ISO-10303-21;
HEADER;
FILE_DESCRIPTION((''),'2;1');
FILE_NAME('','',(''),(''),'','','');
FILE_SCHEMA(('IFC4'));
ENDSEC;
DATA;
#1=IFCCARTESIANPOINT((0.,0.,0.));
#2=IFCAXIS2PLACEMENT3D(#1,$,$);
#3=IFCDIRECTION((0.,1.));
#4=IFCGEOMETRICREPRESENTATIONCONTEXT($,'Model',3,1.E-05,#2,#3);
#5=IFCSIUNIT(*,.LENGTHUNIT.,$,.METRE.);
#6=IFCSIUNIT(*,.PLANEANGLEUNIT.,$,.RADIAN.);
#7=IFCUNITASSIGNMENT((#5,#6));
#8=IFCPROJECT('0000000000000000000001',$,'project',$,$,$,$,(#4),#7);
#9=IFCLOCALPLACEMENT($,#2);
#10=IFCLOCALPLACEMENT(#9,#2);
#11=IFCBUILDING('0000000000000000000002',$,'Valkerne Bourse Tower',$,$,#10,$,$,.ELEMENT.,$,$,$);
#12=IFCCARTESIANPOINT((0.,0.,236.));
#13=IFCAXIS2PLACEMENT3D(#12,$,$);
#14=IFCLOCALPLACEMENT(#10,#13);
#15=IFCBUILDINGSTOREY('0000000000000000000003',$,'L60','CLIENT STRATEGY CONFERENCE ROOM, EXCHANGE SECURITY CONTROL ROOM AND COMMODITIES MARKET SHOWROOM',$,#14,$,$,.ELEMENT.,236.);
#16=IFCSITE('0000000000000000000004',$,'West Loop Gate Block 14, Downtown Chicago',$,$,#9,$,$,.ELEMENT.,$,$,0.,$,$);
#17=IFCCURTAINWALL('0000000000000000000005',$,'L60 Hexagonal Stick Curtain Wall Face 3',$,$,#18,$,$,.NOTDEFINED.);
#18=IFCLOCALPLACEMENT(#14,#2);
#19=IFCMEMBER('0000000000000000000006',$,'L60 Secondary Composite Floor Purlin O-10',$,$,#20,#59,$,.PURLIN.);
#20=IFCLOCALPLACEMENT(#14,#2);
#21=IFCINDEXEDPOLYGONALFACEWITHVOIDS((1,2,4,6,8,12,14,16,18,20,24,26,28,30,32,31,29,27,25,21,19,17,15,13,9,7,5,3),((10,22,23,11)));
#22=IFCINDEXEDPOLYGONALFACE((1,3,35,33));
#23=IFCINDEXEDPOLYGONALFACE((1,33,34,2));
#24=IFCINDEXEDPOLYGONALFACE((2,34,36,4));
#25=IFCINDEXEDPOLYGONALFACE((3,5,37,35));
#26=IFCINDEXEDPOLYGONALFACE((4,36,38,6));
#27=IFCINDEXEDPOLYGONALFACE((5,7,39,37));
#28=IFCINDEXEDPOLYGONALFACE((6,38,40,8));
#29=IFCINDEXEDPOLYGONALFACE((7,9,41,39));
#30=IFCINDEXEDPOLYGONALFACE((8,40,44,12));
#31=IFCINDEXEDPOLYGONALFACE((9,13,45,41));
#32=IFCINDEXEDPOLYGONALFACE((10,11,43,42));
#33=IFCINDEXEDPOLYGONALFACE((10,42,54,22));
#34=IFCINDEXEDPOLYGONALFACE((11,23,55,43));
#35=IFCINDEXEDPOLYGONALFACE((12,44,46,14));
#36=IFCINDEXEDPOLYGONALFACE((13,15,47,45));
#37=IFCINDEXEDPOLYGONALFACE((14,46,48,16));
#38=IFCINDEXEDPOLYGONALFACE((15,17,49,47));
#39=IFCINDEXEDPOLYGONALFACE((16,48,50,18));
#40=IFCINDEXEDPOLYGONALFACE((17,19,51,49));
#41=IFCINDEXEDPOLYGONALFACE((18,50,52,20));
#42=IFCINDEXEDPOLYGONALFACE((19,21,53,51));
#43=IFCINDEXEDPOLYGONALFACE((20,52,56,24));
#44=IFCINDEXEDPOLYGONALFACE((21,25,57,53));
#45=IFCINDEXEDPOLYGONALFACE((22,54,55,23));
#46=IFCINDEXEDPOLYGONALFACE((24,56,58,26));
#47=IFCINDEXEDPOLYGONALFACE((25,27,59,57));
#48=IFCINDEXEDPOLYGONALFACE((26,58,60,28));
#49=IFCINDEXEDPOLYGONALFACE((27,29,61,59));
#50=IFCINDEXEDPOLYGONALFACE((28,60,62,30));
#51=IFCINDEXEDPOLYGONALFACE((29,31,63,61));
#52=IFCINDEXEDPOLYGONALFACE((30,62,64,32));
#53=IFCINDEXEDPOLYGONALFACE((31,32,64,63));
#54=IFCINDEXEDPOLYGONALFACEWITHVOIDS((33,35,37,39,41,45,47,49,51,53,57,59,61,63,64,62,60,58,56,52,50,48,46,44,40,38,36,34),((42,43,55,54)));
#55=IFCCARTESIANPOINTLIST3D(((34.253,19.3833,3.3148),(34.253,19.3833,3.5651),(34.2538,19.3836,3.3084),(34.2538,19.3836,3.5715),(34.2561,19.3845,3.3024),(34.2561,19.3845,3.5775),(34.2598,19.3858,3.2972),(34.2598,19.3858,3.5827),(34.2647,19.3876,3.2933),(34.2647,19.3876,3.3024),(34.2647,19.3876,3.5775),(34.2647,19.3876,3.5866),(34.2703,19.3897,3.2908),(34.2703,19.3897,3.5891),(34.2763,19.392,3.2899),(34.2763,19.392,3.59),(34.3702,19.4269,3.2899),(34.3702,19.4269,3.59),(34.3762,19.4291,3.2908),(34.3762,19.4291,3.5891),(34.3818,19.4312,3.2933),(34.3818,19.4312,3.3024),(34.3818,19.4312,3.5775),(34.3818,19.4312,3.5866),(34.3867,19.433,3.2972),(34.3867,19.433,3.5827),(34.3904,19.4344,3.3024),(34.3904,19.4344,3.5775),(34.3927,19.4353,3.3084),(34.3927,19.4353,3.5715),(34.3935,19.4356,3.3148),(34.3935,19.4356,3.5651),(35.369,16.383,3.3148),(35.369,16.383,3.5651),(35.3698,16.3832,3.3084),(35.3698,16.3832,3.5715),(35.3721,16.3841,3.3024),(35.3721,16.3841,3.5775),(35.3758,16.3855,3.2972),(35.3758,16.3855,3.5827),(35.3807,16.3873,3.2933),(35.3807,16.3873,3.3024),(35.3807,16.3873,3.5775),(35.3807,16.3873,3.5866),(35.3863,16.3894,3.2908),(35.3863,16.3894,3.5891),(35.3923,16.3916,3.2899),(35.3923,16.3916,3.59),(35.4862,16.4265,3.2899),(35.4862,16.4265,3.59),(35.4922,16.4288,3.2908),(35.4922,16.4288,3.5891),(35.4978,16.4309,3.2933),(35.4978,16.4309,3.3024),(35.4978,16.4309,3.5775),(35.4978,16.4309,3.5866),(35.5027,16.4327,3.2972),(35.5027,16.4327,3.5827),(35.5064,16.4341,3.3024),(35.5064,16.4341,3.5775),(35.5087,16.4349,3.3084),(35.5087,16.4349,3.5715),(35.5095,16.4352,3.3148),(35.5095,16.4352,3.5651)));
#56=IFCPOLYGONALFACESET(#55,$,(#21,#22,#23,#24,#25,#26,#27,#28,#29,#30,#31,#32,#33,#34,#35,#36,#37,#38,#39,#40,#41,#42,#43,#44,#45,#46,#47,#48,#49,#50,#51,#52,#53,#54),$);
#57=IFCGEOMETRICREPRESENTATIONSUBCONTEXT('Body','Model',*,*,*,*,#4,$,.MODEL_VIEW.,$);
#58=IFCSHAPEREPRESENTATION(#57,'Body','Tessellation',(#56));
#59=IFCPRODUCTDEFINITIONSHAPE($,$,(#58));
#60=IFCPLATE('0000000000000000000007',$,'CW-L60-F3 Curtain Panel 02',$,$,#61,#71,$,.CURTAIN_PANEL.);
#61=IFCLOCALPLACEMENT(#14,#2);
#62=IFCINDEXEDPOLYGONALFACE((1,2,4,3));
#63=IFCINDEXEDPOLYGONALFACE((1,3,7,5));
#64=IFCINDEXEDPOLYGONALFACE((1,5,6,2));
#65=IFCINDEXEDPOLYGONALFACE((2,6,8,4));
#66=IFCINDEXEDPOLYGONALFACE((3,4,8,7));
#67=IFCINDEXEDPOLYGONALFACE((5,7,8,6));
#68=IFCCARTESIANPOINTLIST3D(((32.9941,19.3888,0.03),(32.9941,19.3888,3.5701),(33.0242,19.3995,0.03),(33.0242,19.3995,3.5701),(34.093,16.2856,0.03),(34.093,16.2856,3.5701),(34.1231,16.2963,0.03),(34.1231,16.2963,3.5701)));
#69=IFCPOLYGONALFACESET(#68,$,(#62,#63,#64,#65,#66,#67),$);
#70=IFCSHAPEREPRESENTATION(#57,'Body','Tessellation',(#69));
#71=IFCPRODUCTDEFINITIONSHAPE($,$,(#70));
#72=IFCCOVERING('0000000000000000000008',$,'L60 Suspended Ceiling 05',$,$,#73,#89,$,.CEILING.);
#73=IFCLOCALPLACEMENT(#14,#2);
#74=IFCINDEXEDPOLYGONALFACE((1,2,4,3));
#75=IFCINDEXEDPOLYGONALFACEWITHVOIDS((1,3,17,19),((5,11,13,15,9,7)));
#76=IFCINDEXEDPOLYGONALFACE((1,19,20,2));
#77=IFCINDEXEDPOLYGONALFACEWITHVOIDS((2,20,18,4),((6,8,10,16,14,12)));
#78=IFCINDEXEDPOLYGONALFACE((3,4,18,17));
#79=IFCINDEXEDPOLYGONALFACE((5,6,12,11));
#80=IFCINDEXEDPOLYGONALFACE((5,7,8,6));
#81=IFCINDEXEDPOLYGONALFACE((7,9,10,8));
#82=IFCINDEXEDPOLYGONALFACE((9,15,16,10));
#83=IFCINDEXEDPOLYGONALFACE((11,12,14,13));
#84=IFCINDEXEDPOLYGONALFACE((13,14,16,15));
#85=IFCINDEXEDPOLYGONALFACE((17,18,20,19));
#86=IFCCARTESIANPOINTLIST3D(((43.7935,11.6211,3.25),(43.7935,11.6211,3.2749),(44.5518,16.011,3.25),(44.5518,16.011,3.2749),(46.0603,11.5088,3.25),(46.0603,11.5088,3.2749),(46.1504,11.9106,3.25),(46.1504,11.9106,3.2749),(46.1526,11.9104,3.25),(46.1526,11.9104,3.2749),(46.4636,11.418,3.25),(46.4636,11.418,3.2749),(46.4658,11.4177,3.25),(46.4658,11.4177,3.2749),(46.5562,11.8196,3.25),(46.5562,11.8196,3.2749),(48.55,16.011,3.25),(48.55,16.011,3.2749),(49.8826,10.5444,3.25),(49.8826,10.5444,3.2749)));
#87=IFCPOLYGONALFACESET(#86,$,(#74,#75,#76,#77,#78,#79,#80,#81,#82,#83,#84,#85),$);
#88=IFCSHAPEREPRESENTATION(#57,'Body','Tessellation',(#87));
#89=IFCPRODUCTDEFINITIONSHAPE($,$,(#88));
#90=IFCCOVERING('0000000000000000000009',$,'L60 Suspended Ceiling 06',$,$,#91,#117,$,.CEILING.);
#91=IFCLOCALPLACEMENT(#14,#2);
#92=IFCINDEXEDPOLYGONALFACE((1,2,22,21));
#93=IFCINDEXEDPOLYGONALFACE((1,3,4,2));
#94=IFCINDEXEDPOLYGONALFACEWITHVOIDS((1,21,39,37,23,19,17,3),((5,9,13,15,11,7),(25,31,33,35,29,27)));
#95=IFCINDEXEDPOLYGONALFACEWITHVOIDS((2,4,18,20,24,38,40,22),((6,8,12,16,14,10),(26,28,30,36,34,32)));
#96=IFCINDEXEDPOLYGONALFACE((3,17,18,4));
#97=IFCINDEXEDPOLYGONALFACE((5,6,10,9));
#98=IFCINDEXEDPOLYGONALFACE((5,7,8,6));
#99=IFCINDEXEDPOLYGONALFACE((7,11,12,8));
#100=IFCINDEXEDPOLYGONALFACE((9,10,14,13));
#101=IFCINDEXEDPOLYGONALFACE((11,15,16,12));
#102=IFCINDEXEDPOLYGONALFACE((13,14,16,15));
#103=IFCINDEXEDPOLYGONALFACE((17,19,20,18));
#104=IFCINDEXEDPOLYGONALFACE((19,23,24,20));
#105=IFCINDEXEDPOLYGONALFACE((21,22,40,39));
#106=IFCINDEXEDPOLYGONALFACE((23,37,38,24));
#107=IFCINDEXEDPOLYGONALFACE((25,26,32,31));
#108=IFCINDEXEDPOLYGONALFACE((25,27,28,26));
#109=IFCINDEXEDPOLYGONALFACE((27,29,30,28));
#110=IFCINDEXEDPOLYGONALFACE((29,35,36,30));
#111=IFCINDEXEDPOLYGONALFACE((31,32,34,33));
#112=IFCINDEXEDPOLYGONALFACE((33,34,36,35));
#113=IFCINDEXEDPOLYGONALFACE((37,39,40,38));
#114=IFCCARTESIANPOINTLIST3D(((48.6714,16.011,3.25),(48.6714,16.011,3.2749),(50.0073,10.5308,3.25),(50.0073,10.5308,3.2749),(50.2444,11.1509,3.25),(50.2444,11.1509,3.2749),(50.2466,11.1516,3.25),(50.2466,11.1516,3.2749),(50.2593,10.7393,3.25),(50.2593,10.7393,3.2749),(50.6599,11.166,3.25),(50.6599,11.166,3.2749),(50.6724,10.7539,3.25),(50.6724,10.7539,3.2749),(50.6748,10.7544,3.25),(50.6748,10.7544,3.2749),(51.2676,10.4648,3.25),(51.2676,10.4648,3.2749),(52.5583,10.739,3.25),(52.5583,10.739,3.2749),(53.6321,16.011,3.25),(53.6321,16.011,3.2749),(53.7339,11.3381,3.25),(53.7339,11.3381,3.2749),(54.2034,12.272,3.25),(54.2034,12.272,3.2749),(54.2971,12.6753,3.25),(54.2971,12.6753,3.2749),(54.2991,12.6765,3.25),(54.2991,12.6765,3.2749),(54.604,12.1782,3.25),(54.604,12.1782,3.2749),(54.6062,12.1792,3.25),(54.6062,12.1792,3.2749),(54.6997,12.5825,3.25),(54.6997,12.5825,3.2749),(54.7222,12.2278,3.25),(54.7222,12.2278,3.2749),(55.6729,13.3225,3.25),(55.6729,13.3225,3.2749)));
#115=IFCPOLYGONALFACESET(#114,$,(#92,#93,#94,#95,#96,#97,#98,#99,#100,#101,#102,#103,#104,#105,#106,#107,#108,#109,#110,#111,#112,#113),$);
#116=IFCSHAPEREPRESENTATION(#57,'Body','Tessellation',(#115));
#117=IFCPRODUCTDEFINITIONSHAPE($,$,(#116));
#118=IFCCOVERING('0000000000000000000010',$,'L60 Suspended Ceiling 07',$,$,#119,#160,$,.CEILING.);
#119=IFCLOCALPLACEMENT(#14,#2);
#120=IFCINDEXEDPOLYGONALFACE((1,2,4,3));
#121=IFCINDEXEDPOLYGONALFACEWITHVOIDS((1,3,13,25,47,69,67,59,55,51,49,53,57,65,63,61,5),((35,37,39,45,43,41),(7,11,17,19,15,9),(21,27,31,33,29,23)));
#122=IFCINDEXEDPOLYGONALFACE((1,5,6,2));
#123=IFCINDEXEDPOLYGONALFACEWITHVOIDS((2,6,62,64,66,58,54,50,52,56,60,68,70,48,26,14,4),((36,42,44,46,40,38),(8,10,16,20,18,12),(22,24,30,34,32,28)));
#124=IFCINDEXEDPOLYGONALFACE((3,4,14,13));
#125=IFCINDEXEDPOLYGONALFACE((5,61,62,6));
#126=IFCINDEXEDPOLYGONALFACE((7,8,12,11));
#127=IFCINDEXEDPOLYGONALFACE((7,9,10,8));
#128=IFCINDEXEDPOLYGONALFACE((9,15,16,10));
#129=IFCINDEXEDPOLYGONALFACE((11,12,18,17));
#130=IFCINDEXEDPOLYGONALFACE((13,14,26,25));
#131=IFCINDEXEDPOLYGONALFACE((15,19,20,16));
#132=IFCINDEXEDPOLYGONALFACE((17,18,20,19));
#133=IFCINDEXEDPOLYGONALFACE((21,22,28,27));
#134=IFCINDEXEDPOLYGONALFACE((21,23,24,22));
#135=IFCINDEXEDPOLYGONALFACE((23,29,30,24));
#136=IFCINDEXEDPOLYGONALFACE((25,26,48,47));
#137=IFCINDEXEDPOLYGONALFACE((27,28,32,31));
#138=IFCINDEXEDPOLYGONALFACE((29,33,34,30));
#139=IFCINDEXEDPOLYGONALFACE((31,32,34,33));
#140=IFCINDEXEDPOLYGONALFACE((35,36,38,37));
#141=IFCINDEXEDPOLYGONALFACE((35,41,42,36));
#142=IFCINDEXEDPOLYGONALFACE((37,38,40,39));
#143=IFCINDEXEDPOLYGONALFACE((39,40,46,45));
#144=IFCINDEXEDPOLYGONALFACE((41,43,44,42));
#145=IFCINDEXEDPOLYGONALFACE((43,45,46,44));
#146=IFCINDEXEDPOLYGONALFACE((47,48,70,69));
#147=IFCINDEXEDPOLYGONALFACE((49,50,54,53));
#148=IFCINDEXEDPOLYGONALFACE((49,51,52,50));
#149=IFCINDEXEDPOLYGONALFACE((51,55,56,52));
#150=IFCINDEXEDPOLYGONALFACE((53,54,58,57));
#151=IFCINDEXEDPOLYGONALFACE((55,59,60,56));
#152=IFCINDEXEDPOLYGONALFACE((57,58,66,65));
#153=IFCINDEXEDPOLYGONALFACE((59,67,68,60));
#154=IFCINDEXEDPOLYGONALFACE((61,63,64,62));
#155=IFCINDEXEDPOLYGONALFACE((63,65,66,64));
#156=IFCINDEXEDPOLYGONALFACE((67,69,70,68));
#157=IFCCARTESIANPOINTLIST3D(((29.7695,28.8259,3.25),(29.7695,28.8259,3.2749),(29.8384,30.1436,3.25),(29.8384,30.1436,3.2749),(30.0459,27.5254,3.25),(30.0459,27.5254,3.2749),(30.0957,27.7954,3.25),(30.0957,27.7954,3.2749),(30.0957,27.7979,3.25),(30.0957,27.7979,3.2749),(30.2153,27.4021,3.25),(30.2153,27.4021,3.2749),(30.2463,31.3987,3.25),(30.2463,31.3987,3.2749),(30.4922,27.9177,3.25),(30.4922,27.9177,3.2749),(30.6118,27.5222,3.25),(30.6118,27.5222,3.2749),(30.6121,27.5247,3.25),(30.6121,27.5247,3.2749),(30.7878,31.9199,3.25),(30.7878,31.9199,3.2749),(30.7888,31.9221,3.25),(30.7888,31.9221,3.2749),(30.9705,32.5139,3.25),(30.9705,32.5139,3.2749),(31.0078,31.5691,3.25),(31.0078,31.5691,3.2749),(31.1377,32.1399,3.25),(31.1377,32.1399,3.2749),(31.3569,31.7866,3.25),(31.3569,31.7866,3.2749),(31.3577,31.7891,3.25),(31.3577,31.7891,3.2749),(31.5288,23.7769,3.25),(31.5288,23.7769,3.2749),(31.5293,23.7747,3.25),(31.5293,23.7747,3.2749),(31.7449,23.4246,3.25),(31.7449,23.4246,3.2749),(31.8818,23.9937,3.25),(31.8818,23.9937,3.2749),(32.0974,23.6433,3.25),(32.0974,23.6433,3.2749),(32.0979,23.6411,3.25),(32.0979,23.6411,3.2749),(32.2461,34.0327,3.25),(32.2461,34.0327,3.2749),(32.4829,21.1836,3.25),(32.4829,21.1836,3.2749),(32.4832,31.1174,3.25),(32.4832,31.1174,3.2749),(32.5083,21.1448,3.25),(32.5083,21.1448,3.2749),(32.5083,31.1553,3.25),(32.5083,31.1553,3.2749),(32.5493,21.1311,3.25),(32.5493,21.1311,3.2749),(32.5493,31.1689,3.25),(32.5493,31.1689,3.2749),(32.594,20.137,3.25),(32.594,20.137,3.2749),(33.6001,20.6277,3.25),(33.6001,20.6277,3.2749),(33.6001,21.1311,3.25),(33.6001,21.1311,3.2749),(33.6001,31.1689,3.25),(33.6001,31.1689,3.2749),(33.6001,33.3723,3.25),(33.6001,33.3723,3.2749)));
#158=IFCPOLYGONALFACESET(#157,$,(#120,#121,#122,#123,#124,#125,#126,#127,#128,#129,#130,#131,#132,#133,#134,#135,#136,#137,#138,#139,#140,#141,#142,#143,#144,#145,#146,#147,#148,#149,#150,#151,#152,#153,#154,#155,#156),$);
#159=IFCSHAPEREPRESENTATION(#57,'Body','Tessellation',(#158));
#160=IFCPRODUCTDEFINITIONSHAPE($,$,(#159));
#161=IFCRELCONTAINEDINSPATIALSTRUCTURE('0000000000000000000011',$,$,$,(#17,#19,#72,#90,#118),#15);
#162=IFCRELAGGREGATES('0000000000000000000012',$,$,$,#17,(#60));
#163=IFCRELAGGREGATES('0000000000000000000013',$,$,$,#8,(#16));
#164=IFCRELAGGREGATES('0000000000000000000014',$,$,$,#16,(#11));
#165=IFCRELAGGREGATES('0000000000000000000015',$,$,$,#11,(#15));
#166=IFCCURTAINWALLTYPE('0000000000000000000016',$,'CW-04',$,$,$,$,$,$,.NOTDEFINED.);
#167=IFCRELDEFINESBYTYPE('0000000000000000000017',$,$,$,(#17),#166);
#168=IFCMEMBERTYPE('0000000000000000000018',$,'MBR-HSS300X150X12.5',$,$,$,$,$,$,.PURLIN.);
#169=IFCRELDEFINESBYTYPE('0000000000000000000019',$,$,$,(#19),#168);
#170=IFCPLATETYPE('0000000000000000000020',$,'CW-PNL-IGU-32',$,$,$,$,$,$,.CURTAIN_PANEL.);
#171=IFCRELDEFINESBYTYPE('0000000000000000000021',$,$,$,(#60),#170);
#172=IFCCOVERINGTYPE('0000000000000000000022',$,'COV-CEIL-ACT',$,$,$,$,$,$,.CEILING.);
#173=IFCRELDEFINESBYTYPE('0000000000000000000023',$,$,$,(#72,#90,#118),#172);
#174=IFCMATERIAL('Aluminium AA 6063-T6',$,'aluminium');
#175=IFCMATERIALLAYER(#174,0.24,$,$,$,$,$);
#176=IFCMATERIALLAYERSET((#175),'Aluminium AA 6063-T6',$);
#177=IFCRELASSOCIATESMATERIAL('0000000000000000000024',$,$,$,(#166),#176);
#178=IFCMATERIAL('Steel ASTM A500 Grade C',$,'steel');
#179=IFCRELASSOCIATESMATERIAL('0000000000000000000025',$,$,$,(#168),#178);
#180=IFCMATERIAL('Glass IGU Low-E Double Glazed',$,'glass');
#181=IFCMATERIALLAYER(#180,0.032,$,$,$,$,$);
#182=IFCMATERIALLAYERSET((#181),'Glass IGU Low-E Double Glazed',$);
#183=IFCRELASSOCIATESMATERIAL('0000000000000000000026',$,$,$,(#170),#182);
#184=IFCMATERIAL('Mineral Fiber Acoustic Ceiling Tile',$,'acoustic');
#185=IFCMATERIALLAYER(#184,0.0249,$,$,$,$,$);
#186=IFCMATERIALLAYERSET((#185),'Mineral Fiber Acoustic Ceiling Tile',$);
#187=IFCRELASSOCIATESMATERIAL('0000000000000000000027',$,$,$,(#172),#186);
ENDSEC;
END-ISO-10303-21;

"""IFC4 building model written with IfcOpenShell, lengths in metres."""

from ifc_helpers import new_model, si_unit, direction, frame, origin, origin_2d, place, context, subcontext, project, spatial, polyline, rectangle, hollow_rectangle, outline, extrude, material, layer, layer_set, material_profile, profile_set, type_object, element, aggregate, save


model = new_model("IFC4")

# Units and contexts
model_context = context("Model", 3, precision=1e-05, world=origin(), true_north=direction((0.0, 1.0)))
body_context = subcontext(model_context, "Body", "Model", "MODEL_VIEW")
ifc_project = project(units=[si_unit("LENGTHUNIT", "METRE"), si_unit("PLANEANGLEUNIT", "RADIAN")], contexts=[model_context])

# Site, building, storey
site_placement = place(None, origin())
site = spatial("IfcSite", under=ifc_project, at=site_placement, Name="West Loop Gate Block 14, Downtown Chicago", CompositionType="ELEMENT", RefElevation=0.0)
building_placement = place(site_placement, origin())
building = spatial("IfcBuilding", under=site, at=building_placement, Name="Valkerne Bourse Tower", CompositionType="ELEMENT")
storey_placement = place(building_placement, frame((0.0, 0.0, 236.0)))
storey = spatial("IfcBuildingStorey", under=building, at=storey_placement, Name="L60", Description="CLIENT STRATEGY CONFERENCE ROOM, EXCHANGE SECURITY CONTROL ROOM AND COMMODITIES MARKET SHOWROOM", CompositionType="ELEMENT", Elevation=236.0)

# Curtain wall
ifc_material_1 = material(Name="Aluminium AA 6063-T6", Category="aluminium")
ifc_layer_1 = layer(ifc_material_1, 0.24)
ifc_layer_set_1 = layer_set([ifc_layer_1], Name="Aluminium AA 6063-T6")
curtain_wall_type = type_object("IfcCurtainWallType", Name="CW-04", PredefinedType="NOTDEFINED", material=ifc_layer_set_1)
curtain_wall_placement = place(storey_placement, origin())
curtain_wall = element("IfcCurtainWall", 1, at=curtain_wall_placement, inside=storey, type_object=curtain_wall_type, Name="L60 Hexagonal Stick Curtain Wall Face 3", PredefinedType="NOTDEFINED")

# Member
ifc_material_2 = material(Name="Steel ASTM A500 Grade C", Category="steel")
ifc_material_profile_1 = material_profile(ifc_material_2, hollow_rectangle(XDim=0.1499, YDim=0.3, WallThickness=0.0125, OuterFilletRadius=0.0249, at=origin_2d()), Name="HSS300X150X12.5")
ifc_profile_set_1 = profile_set([ifc_material_profile_1], Name="Steel ASTM A500 Grade C")
member_type_1 = type_object("IfcMemberType", Name="MBR-HSS300X150X12.5", PredefinedType="PURLIN", material=ifc_profile_set_1)
member_1_placement = place(storey_placement, frame((34.3232, 19.4094, 3.4399), z_axis=(0.348623, -0.937263, 0.0), x_axis=(0.937263, 0.348623, 0.0)))
element("IfcMember", 2, at=member_1_placement, inside=storey, type_object=member_type_1, Name="L60 Secondary Composite Floor Purlin O-10", PredefinedType="PURLIN", context=body_context, shape_type="SweptSolid", body=[
    extrude(hollow_rectangle(XDim=0.1499, YDim=0.3, WallThickness=0.0125, OuterFilletRadius=0.0249, at=origin_2d()), origin(), (0.0, 0.0, 1.0), 3.2012),
])

# Plate
ifc_material_3 = material(Name="Glass IGU Low-E Double Glazed", Category="glass")
ifc_layer_2 = layer(ifc_material_3, 0.032)
ifc_layer_set_2 = layer_set([ifc_layer_2], Name="Glass IGU Low-E Double Glazed")
plate_type = type_object("IfcPlateType", Name="CW-PNL-IGU-32", PredefinedType="CURTAIN_PANEL", material=ifc_layer_set_2)
plate_placement = place(storey_placement, frame((33.5586, 17.8425, 0.03), z_axis=(0.0, 0.0, 1.0), x_axis=(0.333801, -0.942644, 0.0)))
plate = element("IfcPlate", 3, at=plate_placement, type_object=plate_type, Name="CW-L60-F3 Curtain Panel 02", PredefinedType="CURTAIN_PANEL", context=body_context, shape_type="SweptSolid", body=[
    extrude(rectangle(XDim=3.292, YDim=0.032, at=origin_2d()), origin(), (0.0, 0.0, 1.0), 3.54),
])
aggregate(curtain_wall, [plate])

# Coverings
ifc_material_4 = material(Name="Mineral Fiber Acoustic Ceiling Tile", Category="acoustic")
ifc_layer_3 = layer(ifc_material_4, 0.0249)
ifc_layer_set_3 = layer_set([ifc_layer_3], Name="Mineral Fiber Acoustic Ceiling Tile")
covering_type_1 = type_object("IfcCoveringType", Name="COV-CEIL-ACT", PredefinedType="CEILING", material=ifc_layer_set_3)
covering_1_placement = place(storey_placement, frame((0.0, 0.0, 3.25)))
element("IfcCovering", 4, at=covering_1_placement, inside=storey, type_object=covering_type_1, Name="L60 Suspended Ceiling 05", PredefinedType="CEILING", context=body_context, shape_type="SweptSolid", body=[
    extrude(outline(polyline([(48.55, 16.011), (49.8826, 10.5444), (43.7935, 11.6211), (44.5518, 16.011), (48.55, 16.011)]), holes=[polyline([(46.1526, 11.9104), (46.1504, 11.9106), (46.0603, 11.5088), (46.4636, 11.418), (46.4658, 11.4177), (46.5562, 11.8196), (46.1526, 11.9104)])]), origin(), (0.0, 0.0, 1.0), 0.0249),
])
covering_2_placement = place(storey_placement, frame((0.0, 0.0, 3.25)))
element("IfcCovering", 5, at=covering_2_placement, inside=storey, type_object=covering_type_1, Name="L60 Suspended Ceiling 06", PredefinedType="CEILING", context=body_context, shape_type="SweptSolid", body=[
    extrude(outline(polyline([(52.5583, 10.739), (51.2676, 10.4648), (50.0073, 10.5308), (48.6714, 16.011), (53.6321, 16.011), (55.6729, 13.3225), (54.7222, 12.2278), (53.7339, 11.3381), (52.5583, 10.739)]), holes=[polyline([(50.6748, 10.7544), (50.6599, 11.166), (50.2466, 11.1516), (50.2444, 11.1509), (50.2593, 10.7393), (50.6724, 10.7539), (50.6748, 10.7544)]), polyline([(54.6997, 12.5825), (54.2991, 12.6765), (54.2971, 12.6753), (54.2034, 12.272), (54.604, 12.1782), (54.6062, 12.1792), (54.6997, 12.5825)])]), origin(), (0.0, 0.0, 1.0), 0.0249),
])
covering_3_placement = place(storey_placement, frame((0.0, 0.0, 3.25)))
element("IfcCovering", 6, at=covering_3_placement, inside=storey, type_object=covering_type_1, Name="L60 Suspended Ceiling 07", PredefinedType="CEILING", context=body_context, shape_type="SweptSolid", body=[
    extrude(outline(polyline([(29.8384, 30.1436), (30.2463, 31.3987), (30.9705, 32.5139), (32.2461, 34.0327), (33.6001, 33.3723), (33.6001, 31.1689), (32.5493, 31.1689), (32.5083, 31.1553), (32.4832, 31.1174), (32.4829, 21.1836), (32.5083, 21.1448), (32.5493, 21.1311), (33.6001, 21.1311), (33.6001, 20.6277), (32.594, 20.137), (30.0459, 27.5254), (29.7695, 28.8259), (29.8384, 30.1436)]), holes=[polyline([(32.0974, 23.6433), (31.8818, 23.9937), (31.5288, 23.7769), (31.5293, 23.7747), (31.7449, 23.4246), (32.0979, 23.6411), (32.0974, 23.6433)]), polyline([(30.6121, 27.5247), (30.4922, 27.9177), (30.0957, 27.7979), (30.0957, 27.7954), (30.2153, 27.4021), (30.6118, 27.5222), (30.6121, 27.5247)]), polyline([(31.3577, 31.7891), (31.1377, 32.1399), (30.7888, 31.9221), (30.7878, 31.9199), (31.0078, 31.5691), (31.3569, 31.7866), (31.3577, 31.7891)])]), origin(), (0.0, 0.0, 1.0), 0.0249),
])

save(model, "model.ifc")
